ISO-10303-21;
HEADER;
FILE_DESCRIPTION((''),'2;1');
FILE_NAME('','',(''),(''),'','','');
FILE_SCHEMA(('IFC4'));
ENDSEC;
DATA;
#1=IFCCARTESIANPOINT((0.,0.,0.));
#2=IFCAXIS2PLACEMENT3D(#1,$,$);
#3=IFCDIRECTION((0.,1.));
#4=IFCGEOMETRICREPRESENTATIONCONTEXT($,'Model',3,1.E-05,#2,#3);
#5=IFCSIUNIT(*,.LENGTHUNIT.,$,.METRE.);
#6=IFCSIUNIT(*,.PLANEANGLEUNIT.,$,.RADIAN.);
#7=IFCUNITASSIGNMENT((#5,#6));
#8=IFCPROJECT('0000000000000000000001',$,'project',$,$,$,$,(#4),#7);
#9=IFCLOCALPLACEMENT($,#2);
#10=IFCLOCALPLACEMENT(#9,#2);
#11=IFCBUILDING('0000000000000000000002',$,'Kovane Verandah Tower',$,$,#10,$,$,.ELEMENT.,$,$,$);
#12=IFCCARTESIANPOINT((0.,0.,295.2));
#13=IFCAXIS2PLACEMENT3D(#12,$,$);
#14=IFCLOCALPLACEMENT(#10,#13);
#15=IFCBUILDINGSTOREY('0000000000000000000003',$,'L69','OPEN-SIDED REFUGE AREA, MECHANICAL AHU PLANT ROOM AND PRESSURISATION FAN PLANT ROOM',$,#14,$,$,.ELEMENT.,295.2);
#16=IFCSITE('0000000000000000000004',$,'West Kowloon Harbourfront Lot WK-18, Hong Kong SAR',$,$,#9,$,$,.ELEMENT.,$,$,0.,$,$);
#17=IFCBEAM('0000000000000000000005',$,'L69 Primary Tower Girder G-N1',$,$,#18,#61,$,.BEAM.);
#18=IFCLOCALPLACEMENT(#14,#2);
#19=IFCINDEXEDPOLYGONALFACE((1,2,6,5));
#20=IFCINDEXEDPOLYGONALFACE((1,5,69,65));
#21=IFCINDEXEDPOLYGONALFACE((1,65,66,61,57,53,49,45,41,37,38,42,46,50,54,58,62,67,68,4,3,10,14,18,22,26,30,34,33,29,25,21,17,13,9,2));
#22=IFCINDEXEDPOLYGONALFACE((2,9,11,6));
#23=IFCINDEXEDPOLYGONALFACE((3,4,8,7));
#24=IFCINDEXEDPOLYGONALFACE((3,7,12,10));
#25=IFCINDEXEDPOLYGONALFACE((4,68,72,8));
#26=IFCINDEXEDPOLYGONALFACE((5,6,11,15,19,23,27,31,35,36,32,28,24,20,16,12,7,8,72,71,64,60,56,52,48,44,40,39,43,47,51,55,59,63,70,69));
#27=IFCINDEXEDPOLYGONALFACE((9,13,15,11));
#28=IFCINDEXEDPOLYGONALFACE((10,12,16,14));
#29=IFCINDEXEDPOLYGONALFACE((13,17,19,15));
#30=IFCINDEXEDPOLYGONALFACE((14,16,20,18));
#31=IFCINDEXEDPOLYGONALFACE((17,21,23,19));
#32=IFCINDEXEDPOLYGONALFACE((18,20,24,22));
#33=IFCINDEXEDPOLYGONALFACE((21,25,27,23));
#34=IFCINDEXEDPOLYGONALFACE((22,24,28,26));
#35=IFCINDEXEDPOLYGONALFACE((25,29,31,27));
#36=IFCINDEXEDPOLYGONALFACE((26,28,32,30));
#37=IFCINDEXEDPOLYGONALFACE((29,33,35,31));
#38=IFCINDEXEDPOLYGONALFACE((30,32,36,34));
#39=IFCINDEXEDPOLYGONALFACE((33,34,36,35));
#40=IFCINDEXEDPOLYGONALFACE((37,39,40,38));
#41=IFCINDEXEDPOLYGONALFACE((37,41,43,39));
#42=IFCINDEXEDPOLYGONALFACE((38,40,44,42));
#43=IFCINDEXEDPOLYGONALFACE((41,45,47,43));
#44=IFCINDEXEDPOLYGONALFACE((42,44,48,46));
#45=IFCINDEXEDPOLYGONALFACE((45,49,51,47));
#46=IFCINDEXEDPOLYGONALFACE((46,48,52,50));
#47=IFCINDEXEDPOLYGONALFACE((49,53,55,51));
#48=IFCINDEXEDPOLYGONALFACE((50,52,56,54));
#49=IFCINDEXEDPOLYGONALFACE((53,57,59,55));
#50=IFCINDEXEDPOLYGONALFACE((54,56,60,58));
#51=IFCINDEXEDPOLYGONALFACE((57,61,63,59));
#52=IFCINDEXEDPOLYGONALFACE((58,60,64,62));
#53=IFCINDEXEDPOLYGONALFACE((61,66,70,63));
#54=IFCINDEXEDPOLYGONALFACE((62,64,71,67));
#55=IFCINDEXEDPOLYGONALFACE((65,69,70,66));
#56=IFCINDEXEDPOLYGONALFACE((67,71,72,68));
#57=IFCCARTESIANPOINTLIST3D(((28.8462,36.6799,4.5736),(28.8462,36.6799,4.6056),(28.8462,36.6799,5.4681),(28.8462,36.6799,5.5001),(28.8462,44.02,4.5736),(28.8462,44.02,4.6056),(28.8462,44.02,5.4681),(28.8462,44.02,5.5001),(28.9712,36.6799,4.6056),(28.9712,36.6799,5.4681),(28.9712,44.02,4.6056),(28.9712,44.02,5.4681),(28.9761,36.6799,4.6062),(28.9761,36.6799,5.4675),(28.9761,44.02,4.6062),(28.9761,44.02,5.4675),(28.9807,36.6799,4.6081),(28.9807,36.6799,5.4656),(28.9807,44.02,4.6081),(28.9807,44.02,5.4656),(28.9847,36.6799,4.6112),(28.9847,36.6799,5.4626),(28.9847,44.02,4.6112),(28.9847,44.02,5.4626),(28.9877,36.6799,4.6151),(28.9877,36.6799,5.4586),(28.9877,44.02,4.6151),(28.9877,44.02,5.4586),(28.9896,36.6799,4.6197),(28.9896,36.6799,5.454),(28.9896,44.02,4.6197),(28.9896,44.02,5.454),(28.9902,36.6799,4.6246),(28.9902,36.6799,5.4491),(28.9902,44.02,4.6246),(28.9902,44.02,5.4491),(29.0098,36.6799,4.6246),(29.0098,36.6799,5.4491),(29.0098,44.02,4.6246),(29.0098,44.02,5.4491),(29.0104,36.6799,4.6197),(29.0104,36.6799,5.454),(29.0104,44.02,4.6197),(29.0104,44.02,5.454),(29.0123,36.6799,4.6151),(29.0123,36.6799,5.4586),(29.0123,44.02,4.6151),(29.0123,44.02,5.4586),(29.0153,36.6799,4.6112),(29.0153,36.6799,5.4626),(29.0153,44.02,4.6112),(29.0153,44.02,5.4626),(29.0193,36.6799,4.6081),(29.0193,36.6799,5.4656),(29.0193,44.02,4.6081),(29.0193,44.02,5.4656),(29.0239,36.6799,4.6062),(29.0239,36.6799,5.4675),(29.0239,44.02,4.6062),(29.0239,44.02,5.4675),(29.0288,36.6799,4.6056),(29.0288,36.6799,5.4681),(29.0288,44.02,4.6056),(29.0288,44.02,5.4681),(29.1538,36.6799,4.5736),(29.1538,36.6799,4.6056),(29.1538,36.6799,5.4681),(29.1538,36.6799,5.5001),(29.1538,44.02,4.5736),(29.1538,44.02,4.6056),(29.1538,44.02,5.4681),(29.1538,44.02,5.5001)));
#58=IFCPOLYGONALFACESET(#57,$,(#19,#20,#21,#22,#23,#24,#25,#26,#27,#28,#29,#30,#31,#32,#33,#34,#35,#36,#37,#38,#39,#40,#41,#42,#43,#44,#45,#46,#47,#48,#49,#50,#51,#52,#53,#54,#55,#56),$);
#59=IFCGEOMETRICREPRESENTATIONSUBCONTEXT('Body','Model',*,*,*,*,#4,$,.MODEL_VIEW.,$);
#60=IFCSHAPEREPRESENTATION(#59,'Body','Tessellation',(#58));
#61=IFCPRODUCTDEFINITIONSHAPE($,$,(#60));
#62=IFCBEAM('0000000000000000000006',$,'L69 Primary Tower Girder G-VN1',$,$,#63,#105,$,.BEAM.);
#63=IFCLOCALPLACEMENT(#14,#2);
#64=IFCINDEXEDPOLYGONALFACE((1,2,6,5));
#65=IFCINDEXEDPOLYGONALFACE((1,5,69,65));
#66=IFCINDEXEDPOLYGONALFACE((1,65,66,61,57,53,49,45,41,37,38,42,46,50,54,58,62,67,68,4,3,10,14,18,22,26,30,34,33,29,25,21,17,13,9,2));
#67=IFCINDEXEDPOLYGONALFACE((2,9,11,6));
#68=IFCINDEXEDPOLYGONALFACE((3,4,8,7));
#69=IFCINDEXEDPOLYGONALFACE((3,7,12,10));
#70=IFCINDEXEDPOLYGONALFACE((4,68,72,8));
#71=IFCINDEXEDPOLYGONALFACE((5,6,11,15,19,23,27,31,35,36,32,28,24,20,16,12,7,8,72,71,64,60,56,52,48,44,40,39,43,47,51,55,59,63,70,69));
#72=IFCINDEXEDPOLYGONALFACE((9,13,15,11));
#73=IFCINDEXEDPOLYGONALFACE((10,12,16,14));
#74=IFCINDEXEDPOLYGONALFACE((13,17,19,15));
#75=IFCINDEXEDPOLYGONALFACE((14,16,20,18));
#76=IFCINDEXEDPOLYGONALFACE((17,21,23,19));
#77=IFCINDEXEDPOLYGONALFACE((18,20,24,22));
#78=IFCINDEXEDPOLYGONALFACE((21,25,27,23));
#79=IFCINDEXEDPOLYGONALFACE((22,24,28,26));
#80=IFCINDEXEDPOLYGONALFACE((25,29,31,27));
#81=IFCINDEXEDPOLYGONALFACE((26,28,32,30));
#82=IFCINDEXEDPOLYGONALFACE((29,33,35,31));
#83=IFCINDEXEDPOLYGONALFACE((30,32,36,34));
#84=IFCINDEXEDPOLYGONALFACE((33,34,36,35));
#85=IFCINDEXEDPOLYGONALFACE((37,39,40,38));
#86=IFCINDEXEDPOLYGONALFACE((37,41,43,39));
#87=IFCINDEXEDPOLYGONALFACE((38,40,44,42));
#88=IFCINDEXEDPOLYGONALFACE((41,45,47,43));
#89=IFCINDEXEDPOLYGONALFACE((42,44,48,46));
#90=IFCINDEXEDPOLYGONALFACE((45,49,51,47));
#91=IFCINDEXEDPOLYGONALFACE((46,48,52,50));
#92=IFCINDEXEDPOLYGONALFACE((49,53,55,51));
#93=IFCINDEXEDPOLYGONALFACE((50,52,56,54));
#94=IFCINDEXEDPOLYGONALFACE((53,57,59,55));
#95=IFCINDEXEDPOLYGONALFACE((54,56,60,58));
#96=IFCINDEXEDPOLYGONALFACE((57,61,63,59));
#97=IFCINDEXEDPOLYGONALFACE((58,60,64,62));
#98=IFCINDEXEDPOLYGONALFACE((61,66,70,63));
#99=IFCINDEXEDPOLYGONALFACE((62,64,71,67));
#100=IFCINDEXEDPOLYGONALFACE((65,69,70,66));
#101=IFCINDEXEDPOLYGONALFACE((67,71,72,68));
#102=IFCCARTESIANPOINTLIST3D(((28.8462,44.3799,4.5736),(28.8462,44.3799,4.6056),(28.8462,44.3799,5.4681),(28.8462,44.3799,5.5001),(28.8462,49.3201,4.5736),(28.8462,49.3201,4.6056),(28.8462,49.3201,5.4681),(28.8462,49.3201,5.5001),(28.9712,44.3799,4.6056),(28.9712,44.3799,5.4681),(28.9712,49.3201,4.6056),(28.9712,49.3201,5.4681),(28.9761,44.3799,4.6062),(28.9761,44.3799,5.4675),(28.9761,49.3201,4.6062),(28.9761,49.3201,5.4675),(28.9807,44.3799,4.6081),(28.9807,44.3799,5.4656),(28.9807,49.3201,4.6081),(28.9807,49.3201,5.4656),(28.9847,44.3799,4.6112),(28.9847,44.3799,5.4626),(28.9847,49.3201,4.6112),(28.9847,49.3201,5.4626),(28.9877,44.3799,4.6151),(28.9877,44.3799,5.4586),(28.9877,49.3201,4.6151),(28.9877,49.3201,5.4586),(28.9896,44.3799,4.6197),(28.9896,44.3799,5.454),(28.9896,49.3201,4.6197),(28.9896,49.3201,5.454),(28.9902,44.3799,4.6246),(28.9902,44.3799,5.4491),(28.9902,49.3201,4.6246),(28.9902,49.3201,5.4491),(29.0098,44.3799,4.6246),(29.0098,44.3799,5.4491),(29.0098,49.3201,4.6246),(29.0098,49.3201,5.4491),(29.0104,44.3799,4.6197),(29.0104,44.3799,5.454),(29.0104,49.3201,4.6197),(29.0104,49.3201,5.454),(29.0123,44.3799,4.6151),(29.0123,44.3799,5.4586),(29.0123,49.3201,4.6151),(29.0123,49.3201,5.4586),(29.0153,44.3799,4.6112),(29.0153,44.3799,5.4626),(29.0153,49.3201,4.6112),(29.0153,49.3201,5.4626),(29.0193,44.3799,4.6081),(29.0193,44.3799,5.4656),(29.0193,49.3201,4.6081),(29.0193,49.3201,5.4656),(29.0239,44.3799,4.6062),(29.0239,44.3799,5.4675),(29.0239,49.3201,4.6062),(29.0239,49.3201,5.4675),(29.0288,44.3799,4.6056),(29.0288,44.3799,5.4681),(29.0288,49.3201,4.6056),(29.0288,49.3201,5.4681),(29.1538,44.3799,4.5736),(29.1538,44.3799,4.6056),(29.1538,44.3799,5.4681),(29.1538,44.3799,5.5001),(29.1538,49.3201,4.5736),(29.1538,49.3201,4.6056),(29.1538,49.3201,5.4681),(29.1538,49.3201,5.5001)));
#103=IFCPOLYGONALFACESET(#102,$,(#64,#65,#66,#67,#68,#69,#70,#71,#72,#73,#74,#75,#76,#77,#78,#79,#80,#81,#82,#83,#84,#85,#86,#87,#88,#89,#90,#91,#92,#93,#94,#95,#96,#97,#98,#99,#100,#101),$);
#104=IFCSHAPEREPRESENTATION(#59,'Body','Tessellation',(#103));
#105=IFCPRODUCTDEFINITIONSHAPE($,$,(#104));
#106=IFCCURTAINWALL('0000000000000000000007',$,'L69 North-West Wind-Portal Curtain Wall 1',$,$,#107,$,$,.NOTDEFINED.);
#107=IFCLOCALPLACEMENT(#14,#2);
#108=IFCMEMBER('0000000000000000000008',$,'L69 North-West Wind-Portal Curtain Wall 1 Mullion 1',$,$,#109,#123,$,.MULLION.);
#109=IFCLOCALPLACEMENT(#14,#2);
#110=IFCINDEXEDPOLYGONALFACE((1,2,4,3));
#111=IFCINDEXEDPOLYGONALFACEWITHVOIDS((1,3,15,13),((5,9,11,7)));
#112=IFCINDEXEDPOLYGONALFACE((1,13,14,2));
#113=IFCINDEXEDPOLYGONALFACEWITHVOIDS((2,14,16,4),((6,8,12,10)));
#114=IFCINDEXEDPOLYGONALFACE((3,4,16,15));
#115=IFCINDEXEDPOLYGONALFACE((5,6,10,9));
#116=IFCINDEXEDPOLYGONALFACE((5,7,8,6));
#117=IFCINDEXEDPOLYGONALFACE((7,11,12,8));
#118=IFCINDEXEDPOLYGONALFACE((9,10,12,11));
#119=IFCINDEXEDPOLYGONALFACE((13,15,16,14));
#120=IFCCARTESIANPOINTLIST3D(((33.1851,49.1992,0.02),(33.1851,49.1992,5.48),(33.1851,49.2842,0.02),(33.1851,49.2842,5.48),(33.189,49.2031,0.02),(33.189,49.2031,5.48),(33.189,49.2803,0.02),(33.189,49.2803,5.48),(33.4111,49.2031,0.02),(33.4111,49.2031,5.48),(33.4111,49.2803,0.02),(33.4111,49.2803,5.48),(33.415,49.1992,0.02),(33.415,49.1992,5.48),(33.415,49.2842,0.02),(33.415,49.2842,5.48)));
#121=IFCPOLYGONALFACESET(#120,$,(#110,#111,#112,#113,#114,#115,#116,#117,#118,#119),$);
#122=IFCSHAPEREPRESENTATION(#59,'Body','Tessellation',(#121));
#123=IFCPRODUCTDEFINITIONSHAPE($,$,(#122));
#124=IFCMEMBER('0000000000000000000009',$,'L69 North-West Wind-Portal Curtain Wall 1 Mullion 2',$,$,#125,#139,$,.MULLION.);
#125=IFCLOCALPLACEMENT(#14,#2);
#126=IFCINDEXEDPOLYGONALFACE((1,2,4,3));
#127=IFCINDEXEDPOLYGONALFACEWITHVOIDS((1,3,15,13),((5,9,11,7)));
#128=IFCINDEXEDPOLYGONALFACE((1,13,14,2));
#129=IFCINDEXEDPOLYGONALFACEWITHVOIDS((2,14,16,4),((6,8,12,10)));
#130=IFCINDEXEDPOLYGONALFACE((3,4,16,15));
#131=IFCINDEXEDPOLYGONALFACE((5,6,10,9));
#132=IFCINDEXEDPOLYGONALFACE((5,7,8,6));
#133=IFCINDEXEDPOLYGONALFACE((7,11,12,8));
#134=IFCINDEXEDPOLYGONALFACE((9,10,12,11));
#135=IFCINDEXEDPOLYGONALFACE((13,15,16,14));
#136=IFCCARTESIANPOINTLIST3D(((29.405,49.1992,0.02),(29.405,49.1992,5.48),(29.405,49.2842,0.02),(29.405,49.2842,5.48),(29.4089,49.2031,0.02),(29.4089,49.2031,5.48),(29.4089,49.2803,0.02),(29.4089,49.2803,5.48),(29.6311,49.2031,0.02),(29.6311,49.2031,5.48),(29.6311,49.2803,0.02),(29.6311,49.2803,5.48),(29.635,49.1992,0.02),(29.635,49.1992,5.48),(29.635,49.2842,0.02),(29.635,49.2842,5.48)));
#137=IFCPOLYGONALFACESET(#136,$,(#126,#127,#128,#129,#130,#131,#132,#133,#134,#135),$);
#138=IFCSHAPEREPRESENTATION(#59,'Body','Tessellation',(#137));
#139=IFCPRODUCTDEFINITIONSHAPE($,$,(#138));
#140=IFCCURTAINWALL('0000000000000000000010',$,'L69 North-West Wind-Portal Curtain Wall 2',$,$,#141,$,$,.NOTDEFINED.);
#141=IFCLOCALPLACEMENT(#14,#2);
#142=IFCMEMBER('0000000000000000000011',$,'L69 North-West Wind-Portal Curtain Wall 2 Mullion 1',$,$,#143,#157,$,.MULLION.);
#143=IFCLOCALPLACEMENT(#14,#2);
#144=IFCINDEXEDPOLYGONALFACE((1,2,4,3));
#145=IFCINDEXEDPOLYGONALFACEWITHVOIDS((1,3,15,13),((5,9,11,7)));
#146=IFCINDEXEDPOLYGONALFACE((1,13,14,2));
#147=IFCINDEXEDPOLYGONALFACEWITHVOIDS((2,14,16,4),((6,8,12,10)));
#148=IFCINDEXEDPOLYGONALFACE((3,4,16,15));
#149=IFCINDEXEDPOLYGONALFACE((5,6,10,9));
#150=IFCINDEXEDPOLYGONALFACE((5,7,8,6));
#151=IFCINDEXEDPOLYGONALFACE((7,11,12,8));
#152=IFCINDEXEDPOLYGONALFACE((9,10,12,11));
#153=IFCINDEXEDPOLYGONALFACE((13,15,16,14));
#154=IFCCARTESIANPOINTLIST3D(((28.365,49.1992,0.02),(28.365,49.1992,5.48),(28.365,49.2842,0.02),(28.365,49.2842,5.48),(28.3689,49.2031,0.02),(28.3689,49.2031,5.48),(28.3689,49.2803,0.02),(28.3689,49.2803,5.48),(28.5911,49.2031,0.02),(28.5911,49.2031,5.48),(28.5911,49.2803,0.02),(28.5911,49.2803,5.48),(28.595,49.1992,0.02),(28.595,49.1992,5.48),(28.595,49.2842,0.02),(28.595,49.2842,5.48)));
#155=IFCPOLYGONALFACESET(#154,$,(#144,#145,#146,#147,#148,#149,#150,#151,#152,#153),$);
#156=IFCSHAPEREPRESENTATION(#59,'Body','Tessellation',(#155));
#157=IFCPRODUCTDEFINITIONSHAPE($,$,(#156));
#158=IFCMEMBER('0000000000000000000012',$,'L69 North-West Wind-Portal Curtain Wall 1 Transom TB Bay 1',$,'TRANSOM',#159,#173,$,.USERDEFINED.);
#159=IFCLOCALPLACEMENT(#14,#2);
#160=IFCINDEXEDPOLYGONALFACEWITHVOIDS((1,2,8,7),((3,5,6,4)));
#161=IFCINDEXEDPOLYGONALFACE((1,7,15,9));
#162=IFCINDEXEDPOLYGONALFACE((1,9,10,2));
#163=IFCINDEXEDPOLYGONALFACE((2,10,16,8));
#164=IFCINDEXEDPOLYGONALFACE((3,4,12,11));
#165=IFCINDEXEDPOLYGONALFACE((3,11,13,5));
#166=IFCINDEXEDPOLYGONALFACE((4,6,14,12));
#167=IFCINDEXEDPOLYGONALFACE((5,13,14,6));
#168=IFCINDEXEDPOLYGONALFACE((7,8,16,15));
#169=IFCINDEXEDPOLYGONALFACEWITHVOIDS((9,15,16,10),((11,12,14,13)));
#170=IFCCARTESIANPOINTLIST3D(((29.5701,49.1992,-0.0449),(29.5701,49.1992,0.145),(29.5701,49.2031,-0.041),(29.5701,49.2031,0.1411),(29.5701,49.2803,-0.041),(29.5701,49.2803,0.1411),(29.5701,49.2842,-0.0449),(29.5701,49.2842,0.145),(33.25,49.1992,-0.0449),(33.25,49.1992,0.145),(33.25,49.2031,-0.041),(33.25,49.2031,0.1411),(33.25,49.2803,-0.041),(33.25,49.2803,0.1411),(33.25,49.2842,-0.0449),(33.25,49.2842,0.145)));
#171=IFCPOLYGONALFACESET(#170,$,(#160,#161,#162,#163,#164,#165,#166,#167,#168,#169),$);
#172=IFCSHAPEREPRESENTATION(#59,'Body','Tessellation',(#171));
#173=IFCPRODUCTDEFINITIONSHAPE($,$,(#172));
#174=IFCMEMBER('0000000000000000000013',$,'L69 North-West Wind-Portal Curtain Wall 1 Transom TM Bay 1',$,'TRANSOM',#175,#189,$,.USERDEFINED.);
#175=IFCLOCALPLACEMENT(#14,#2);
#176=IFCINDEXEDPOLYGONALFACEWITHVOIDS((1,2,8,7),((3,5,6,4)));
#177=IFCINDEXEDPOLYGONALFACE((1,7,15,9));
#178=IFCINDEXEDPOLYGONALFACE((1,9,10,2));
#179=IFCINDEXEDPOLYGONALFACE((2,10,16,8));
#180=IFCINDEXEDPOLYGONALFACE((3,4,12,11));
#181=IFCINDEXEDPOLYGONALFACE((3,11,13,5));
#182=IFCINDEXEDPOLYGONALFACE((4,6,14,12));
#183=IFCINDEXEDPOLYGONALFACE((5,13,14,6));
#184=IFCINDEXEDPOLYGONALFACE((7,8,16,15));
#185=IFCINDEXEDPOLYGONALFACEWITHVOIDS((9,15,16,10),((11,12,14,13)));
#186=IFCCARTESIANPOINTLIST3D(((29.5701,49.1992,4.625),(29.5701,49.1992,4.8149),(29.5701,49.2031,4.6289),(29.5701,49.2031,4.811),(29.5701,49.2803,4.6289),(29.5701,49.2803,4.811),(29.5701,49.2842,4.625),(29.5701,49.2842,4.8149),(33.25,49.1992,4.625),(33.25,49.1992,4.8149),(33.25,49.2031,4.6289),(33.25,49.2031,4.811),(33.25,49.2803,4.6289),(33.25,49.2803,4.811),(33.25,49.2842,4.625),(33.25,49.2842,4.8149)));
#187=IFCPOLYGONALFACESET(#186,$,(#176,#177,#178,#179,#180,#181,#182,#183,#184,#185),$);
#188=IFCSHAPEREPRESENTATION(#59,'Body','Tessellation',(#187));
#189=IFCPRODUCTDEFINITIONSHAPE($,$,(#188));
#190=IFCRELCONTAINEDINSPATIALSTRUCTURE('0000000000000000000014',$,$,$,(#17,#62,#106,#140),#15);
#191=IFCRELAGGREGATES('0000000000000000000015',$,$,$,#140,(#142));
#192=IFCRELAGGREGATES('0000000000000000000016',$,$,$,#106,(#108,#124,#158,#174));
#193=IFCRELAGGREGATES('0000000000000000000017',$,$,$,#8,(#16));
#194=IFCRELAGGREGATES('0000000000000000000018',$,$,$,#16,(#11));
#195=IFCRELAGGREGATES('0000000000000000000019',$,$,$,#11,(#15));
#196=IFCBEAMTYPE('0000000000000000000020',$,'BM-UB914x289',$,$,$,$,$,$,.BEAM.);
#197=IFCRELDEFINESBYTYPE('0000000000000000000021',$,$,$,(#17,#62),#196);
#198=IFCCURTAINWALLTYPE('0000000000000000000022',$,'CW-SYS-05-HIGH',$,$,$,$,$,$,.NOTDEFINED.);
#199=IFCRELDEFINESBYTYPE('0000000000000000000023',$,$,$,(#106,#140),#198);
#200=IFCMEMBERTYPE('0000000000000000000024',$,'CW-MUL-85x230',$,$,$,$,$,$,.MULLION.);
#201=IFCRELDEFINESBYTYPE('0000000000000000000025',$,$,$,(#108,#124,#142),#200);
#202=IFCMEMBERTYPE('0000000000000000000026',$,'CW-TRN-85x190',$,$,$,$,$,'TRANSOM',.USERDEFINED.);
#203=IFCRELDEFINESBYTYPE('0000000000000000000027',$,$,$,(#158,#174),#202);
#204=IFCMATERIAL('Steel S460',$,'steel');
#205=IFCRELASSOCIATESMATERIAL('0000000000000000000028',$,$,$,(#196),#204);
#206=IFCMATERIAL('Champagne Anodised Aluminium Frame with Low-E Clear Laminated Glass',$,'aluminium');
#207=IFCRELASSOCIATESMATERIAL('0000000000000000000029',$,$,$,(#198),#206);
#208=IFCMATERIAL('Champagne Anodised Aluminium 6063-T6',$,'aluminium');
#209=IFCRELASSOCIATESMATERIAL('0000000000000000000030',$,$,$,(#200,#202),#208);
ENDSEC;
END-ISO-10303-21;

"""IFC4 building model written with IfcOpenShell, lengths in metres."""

from ifc_helpers import new_model, si_unit, direction, frame, origin, origin_2d, place, context, subcontext, project, spatial, hollow_rectangle, i_section, extrude, material, material_profile, profile_set, type_object, element, aggregate, save


model = new_model("IFC4")

# Units and contexts
model_context = context("Model", 3, precision=1e-05, world=origin(), true_north=direction((0.0, 1.0)))
body_context = subcontext(model_context, "Body", "Model", "MODEL_VIEW")
ifc_project = project(units=[si_unit("LENGTHUNIT", "METRE"), si_unit("PLANEANGLEUNIT", "RADIAN")], contexts=[model_context])

# Site, building, storey
site_placement = place(None, origin())
site = spatial("IfcSite", under=ifc_project, at=site_placement, Name="West Kowloon Harbourfront Lot WK-18, Hong Kong SAR", CompositionType="ELEMENT", RefElevation=0.0)
building_placement = place(site_placement, origin())
building = spatial("IfcBuilding", under=site, at=building_placement, Name="Kovane Verandah Tower", CompositionType="ELEMENT")
storey_placement = place(building_placement, frame((0.0, 0.0, 295.2)))
storey = spatial("IfcBuildingStorey", under=building, at=storey_placement, Name="L69", Description="OPEN-SIDED REFUGE AREA, MECHANICAL AHU PLANT ROOM AND PRESSURISATION FAN PLANT ROOM", CompositionType="ELEMENT", Elevation=295.2)

# Shared definitions
ifc_material_1 = material(Name="Steel S460", Category="steel")

# Beams
ifc_material_profile_1 = material_profile(ifc_material_1, i_section(OverallWidth=0.3076, OverallDepth=0.9265, WebThickness=0.0195, FlangeThickness=0.032, FilletRadius=0.019, at=origin_2d()), Name="UB914x305x289")
ifc_profile_set_1 = profile_set([ifc_material_profile_1], Name="Steel S460")
beam_type_1 = type_object("IfcBeamType", Name="BM-UB914x289", PredefinedType="BEAM", material=ifc_profile_set_1)
beam_1_placement = place(storey_placement, frame((29.0, 36.6799, 5.0369), z_axis=(0.0, 1.0, 0.0), x_axis=(-1.0, 0.0, 0.0)))
element("IfcBeam", 1, at=beam_1_placement, inside=storey, type_object=beam_type_1, Name="L69 Primary Tower Girder G-N1", PredefinedType="BEAM", context=body_context, shape_type="SweptSolid", body=[
    extrude(i_section(OverallWidth=0.3076, OverallDepth=0.9265, WebThickness=0.0195, FlangeThickness=0.032, FilletRadius=0.019, at=origin_2d()), origin(), (0.0, 0.0, 1.0), 7.3401),
])
beam_2_placement = place(storey_placement, frame((29.0, 44.3799, 5.0369), z_axis=(0.0, 1.0, 0.0), x_axis=(-1.0, 0.0, 0.0)))
element("IfcBeam", 2, at=beam_2_placement, inside=storey, type_object=beam_type_1, Name="L69 Primary Tower Girder G-VN1", PredefinedType="BEAM", context=body_context, shape_type="SweptSolid", body=[
    extrude(i_section(OverallWidth=0.3076, OverallDepth=0.9265, WebThickness=0.0195, FlangeThickness=0.032, FilletRadius=0.019, at=origin_2d()), origin(), (0.0, 0.0, 1.0), 4.9402),
])

# Curtain wall, members
ifc_material_2 = material(Name="Champagne Anodised Aluminium Frame with Low-E Clear Laminated Glass", Category="aluminium")
curtain_wall_type = type_object("IfcCurtainWallType", Name="CW-SYS-05-HIGH", PredefinedType="NOTDEFINED", material=ifc_material_2)
curtain_wall_1_placement = place(storey_placement, origin())
curtain_wall_1 = element("IfcCurtainWall", 3, at=curtain_wall_1_placement, inside=storey, type_object=curtain_wall_type, Name="L69 North-West Wind-Portal Curtain Wall 1", PredefinedType="NOTDEFINED")
ifc_material_3 = material(Name="Champagne Anodised Aluminium 6063-T6", Category="aluminium")
ifc_material_profile_2 = material_profile(ifc_material_3, hollow_rectangle(XDim=0.085, YDim=0.23, WallThickness=0.0039, at=origin_2d()), Name="AL85x230x4")
ifc_profile_set_2 = profile_set([ifc_material_profile_2], Name="Champagne Anodised Aluminium 6063-T6")
member_type_1 = type_object("IfcMemberType", Name="CW-MUL-85x230", PredefinedType="MULLION", material=ifc_profile_set_2)
member_1_placement = place(storey_placement, frame((33.3, 49.2417, 0.02), z_axis=(0.0, 0.0, 1.0), x_axis=(0.0, 1.0, 0.0)))
member_1 = element("IfcMember", 4, at=member_1_placement, type_object=member_type_1, Name="L69 North-West Wind-Portal Curtain Wall 1 Mullion 1", PredefinedType="MULLION", context=body_context, shape_type="SweptSolid", body=[
    extrude(hollow_rectangle(XDim=0.085, YDim=0.23, WallThickness=0.0039, at=origin_2d()), origin(), (0.0, 0.0, 1.0), 5.46),
])
member_2_placement = place(storey_placement, frame((29.52, 49.2417, 0.02), z_axis=(0.0, 0.0, 1.0), x_axis=(0.0, 1.0, 0.0)))
member_2 = element("IfcMember", 5, at=member_2_placement, type_object=member_type_1, Name="L69 North-West Wind-Portal Curtain Wall 1 Mullion 2", PredefinedType="MULLION", context=body_context, shape_type="SweptSolid", body=[
    extrude(hollow_rectangle(XDim=0.085, YDim=0.23, WallThickness=0.0039, at=origin_2d()), origin(), (0.0, 0.0, 1.0), 5.46),
])

# Curtain wall, member
curtain_wall_2_placement = place(storey_placement, origin())
curtain_wall_2 = element("IfcCurtainWall", 6, at=curtain_wall_2_placement, inside=storey, type_object=curtain_wall_type, Name="L69 North-West Wind-Portal Curtain Wall 2", PredefinedType="NOTDEFINED")
member_3_placement = place(storey_placement, frame((28.48, 49.2417, 0.02), z_axis=(0.0, 0.0, 1.0), x_axis=(0.0, 1.0, 0.0)))
member_3 = element("IfcMember", 7, at=member_3_placement, type_object=member_type_1, Name="L69 North-West Wind-Portal Curtain Wall 2 Mullion 1", PredefinedType="MULLION", context=body_context, shape_type="SweptSolid", body=[
    extrude(hollow_rectangle(XDim=0.085, YDim=0.23, WallThickness=0.0039, at=origin_2d()), origin(), (0.0, 0.0, 1.0), 5.46),
])

# Members
ifc_material_profile_3 = material_profile(ifc_material_3, hollow_rectangle(XDim=0.085, YDim=0.1899, WallThickness=0.0039, at=origin_2d()), Name="AL85x190x4")
ifc_profile_set_3 = profile_set([ifc_material_profile_3], Name="Champagne Anodised Aluminium 6063-T6")
member_type_2 = type_object("IfcMemberType", Name="CW-TRN-85x190", ElementType="TRANSOM", PredefinedType="USERDEFINED", material=ifc_profile_set_3)
member_4_placement = place(storey_placement, frame((33.25, 49.2417, 0.05), z_axis=(-1.0, 0.0, 0.0), x_axis=(0.0, -1.0, 0.0)))
member_4 = element("IfcMember", 8, at=member_4_placement, type_object=member_type_2, Name="L69 North-West Wind-Portal Curtain Wall 1 Transom TB Bay 1", ObjectType="TRANSOM", PredefinedType="USERDEFINED", context=body_context, shape_type="SweptSolid", body=[
    extrude(hollow_rectangle(XDim=0.085, YDim=0.1899, WallThickness=0.0039, at=origin_2d()), origin(), (0.0, 0.0, 1.0), 3.6799),
])
member_5_placement = place(storey_placement, frame((33.25, 49.2417, 4.72), z_axis=(-1.0, 0.0, 0.0), x_axis=(0.0, -1.0, 0.0)))
member_5 = element("IfcMember", 9, at=member_5_placement, type_object=member_type_2, Name="L69 North-West Wind-Portal Curtain Wall 1 Transom TM Bay 1", ObjectType="TRANSOM", PredefinedType="USERDEFINED", context=body_context, shape_type="SweptSolid", body=[
    extrude(hollow_rectangle(XDim=0.085, YDim=0.1899, WallThickness=0.0039, at=origin_2d()), origin(), (0.0, 0.0, 1.0), 3.6799),
])
aggregate(curtain_wall_2, [member_3])

aggregate(curtain_wall_1, [member_1, member_2, member_4, member_5])

save(model, "model.ifc")
